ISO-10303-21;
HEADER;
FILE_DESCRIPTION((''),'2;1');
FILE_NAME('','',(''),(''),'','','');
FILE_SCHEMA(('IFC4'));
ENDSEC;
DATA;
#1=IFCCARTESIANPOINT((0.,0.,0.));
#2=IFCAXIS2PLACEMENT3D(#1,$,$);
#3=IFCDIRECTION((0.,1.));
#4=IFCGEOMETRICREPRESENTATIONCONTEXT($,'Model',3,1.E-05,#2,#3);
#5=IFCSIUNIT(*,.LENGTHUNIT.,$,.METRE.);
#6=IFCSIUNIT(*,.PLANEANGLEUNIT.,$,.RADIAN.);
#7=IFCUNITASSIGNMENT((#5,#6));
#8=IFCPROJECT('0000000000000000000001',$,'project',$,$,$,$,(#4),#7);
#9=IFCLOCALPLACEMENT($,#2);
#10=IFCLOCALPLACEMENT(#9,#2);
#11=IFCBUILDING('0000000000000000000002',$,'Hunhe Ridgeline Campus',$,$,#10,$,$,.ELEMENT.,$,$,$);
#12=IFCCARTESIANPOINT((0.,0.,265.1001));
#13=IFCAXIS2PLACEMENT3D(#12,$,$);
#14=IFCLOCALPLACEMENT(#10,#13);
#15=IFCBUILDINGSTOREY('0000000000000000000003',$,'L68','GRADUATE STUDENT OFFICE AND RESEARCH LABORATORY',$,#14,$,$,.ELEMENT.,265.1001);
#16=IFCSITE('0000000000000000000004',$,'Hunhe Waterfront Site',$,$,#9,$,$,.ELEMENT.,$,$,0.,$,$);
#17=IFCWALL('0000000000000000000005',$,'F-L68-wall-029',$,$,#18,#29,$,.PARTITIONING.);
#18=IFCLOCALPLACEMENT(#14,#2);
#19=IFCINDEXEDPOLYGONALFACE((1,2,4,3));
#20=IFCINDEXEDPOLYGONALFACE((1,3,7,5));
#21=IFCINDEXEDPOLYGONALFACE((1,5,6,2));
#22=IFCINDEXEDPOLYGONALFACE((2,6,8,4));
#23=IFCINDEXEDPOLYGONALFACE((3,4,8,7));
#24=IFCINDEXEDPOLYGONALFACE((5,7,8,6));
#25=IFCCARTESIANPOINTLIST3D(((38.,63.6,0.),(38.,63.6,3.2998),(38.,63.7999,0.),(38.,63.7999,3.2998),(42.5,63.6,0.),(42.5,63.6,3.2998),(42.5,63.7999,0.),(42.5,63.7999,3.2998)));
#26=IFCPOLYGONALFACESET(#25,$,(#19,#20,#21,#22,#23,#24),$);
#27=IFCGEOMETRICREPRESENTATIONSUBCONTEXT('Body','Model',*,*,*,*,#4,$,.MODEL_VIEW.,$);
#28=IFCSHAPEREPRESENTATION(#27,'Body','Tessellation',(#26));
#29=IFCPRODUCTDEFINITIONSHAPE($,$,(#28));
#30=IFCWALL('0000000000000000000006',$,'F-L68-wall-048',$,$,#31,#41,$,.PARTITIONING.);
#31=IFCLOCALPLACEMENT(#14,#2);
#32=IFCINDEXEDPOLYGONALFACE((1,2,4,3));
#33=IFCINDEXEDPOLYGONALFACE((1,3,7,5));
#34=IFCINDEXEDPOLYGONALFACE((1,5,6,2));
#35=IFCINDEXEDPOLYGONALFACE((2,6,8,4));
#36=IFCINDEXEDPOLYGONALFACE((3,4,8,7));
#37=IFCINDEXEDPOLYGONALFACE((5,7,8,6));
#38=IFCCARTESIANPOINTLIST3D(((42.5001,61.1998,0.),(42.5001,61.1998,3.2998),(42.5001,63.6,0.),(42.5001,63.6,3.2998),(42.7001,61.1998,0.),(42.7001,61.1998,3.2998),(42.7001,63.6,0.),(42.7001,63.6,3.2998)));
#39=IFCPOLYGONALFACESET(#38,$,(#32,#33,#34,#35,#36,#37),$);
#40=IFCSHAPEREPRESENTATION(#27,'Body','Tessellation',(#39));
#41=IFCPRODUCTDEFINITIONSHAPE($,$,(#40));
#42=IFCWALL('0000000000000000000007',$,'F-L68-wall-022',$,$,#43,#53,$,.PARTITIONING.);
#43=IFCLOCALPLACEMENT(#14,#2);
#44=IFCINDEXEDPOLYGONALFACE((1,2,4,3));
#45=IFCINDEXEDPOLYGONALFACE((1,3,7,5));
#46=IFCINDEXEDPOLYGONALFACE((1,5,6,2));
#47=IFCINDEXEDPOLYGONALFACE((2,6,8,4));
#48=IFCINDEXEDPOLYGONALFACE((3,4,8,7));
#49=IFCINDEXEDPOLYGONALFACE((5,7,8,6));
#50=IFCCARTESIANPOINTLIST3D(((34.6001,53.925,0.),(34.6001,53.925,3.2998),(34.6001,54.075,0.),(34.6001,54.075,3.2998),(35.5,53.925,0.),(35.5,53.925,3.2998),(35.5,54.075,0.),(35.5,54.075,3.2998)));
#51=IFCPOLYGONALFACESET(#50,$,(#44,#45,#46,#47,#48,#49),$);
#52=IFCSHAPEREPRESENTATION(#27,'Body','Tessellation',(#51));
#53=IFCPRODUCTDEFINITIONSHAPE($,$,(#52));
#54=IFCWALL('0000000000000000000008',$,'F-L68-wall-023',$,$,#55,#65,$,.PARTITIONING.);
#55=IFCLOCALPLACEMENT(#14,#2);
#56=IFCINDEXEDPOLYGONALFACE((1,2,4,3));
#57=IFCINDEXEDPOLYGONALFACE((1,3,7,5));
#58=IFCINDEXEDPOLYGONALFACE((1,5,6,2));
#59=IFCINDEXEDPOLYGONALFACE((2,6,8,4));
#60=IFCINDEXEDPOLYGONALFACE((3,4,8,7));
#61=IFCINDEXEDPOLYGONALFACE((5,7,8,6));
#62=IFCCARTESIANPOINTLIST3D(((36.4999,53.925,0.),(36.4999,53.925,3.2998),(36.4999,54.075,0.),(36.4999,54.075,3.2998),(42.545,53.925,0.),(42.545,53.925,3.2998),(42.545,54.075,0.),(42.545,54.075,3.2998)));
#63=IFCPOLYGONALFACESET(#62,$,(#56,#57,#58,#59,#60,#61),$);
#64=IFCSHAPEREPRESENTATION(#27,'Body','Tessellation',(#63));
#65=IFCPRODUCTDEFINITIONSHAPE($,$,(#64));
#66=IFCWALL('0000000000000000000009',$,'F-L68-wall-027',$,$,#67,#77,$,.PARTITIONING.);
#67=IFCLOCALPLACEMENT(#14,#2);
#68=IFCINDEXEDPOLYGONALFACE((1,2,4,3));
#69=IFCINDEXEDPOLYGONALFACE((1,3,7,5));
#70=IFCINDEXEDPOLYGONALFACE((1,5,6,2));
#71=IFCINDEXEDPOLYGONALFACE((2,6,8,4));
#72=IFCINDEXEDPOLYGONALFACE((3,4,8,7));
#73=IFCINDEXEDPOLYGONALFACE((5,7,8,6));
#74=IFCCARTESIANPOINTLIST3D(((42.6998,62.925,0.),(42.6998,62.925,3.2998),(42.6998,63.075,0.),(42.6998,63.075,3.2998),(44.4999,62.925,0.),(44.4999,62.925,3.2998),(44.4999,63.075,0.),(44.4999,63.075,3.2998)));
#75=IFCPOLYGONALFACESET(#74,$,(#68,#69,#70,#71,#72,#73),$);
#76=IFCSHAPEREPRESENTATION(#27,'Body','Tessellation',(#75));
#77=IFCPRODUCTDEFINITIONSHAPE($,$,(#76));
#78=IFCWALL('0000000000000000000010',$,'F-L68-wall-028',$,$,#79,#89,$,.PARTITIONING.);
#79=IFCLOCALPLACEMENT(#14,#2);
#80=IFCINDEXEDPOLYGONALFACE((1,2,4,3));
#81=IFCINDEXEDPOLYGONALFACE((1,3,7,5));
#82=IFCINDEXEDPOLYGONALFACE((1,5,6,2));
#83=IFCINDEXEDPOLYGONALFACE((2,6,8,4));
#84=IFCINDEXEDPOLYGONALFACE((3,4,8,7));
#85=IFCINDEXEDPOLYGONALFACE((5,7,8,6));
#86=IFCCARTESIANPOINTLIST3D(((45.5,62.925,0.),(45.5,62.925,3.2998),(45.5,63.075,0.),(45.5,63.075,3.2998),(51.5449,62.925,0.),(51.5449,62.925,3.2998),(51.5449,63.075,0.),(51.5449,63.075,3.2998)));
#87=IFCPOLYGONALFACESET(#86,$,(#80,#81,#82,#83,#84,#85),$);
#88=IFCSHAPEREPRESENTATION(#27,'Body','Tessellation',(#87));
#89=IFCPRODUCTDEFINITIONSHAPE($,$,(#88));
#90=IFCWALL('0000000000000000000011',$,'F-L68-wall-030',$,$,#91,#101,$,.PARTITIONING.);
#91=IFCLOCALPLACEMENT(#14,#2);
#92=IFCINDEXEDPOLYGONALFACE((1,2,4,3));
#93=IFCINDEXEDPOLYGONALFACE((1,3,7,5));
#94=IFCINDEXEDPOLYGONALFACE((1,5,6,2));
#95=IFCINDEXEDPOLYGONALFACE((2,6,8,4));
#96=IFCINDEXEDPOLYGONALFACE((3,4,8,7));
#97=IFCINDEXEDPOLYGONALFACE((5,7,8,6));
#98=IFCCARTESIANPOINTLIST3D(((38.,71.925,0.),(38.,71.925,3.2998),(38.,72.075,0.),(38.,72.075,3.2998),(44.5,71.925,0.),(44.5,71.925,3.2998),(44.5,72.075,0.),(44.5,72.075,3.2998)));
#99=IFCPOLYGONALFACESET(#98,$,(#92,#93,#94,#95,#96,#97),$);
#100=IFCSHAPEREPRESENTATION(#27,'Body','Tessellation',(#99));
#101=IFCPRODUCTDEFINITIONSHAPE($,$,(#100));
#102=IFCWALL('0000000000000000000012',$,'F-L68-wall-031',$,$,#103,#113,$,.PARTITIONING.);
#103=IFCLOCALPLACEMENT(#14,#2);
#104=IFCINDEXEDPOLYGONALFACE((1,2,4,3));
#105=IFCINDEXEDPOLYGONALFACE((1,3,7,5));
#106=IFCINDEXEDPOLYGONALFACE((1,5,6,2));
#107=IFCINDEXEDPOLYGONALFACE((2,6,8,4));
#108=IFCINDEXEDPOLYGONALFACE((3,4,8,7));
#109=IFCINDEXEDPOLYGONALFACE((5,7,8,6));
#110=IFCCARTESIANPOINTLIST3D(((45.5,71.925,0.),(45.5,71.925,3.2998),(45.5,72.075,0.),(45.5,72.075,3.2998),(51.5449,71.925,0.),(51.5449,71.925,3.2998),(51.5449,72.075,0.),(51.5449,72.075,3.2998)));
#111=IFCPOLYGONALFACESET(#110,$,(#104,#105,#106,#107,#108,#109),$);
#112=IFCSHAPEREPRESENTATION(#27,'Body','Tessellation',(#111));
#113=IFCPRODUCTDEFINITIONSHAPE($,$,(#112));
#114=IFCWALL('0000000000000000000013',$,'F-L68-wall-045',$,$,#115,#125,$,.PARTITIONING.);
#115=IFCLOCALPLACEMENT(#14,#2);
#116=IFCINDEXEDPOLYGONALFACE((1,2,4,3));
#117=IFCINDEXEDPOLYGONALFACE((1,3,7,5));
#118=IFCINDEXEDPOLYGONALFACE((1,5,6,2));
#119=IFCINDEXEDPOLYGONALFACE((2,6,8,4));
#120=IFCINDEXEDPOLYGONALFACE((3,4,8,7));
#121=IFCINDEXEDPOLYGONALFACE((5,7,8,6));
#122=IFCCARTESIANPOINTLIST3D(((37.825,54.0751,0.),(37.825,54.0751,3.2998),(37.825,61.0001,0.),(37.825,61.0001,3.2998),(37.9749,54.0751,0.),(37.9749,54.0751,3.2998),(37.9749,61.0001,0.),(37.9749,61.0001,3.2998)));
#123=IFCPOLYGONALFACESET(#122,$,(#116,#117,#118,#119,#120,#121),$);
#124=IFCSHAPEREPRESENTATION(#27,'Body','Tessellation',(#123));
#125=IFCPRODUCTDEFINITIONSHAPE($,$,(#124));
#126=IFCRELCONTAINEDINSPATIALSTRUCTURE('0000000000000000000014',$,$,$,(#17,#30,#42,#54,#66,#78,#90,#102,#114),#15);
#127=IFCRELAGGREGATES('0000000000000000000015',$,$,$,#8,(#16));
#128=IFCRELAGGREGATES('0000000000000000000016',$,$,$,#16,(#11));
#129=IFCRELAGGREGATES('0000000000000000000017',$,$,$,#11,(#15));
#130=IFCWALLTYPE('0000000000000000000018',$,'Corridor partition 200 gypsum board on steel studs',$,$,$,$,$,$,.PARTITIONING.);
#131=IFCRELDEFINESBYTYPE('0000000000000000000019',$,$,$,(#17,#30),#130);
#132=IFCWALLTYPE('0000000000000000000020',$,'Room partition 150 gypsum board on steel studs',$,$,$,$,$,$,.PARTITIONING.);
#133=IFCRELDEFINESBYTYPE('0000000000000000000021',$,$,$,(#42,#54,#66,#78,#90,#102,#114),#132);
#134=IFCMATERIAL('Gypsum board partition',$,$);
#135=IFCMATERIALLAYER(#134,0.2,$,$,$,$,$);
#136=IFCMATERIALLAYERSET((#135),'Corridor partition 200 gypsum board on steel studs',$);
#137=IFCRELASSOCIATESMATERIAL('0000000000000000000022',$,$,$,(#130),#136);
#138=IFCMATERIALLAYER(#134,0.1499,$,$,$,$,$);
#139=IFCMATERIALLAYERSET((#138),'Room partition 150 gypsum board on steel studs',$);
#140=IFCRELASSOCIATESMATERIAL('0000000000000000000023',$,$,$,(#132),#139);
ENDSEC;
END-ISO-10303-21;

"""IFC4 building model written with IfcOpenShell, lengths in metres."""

from ifc_helpers import new_model, si_unit, direction, frame, frame_2d, origin, place, context, subcontext, project, spatial, rectangle, extrude, material, layer, layer_set, type_object, element, save


model = new_model("IFC4")

# Units and contexts
model_context = context("Model", 3, precision=1e-05, world=origin(), true_north=direction((0.0, 1.0)))
body_context = subcontext(model_context, "Body", "Model", "MODEL_VIEW")
ifc_project = project(units=[si_unit("LENGTHUNIT", "METRE"), si_unit("PLANEANGLEUNIT", "RADIAN")], contexts=[model_context])

# Site, building, storey
site_placement = place(None, origin())
site = spatial("IfcSite", under=ifc_project, at=site_placement, Name="Hunhe Waterfront Site", CompositionType="ELEMENT", RefElevation=0.0)
building_placement = place(site_placement, origin())
building = spatial("IfcBuilding", under=site, at=building_placement, Name="Hunhe Ridgeline Campus", CompositionType="ELEMENT")
storey_placement = place(building_placement, frame((0.0, 0.0, 265.1001)))
storey = spatial("IfcBuildingStorey", under=building, at=storey_placement, Name="L68", Description="GRADUATE STUDENT OFFICE AND RESEARCH LABORATORY", CompositionType="ELEMENT", Elevation=265.1001)

# Shared definitions
ifc_material_1 = material(Name="Gypsum board partition")
ifc_layer_1 = layer(ifc_material_1, 0.2)
ifc_layer_set_1 = layer_set([ifc_layer_1], Name="Corridor partition 200 gypsum board on steel studs")
wall_type_1 = type_object("IfcWallType", Name="Corridor partition 200 gypsum board on steel studs", PredefinedType="PARTITIONING", material=ifc_layer_set_1)

# Walls
wall_1_placement = place(storey_placement, frame((38.0, 63.7, 0.0), z_axis=(0.0, 0.0, 1.0), x_axis=(1.0, 0.0, 0.0)))
element("IfcWall", 1, at=wall_1_placement, inside=storey, type_object=wall_type_1, Name="F-L68-wall-029", PredefinedType="PARTITIONING", context=body_context, shape_type="SweptSolid", body=[
    extrude(rectangle(XDim=4.5, YDim=0.2, at=frame_2d((2.25, 0.0))), origin(), (0.0, 0.0, 1.0), 3.2998),
])
wall_2_placement = place(storey_placement, frame((42.6001, 63.6001, 0.0), z_axis=(0.0, 0.0, 1.0), x_axis=(0.0, -1.0, 0.0)))
element("IfcWall", 2, at=wall_2_placement, inside=storey, type_object=wall_type_1, Name="F-L68-wall-048", PredefinedType="PARTITIONING", context=body_context, shape_type="SweptSolid", body=[
    extrude(rectangle(XDim=2.4001, YDim=0.2, at=frame_2d((1.2002, 0.0))), origin(), (0.0, 0.0, 1.0), 3.2998),
])
ifc_layer_2 = layer(ifc_material_1, 0.1499)
ifc_layer_set_2 = layer_set([ifc_layer_2], Name="Room partition 150 gypsum board on steel studs")
wall_type_2 = type_object("IfcWallType", Name="Room partition 150 gypsum board on steel studs", PredefinedType="PARTITIONING", material=ifc_layer_set_2)
wall_3_placement = place(storey_placement, frame((34.6001, 54.0, 0.0), z_axis=(0.0, 0.0, 1.0), x_axis=(1.0, 0.0, 0.0)))
element("IfcWall", 3, at=wall_3_placement, inside=storey, type_object=wall_type_2, Name="F-L68-wall-022", PredefinedType="PARTITIONING", context=body_context, shape_type="SweptSolid", body=[
    extrude(rectangle(XDim=0.8999, YDim=0.1499, at=frame_2d((0.45, 0.0))), origin(), (0.0, 0.0, 1.0), 3.2998),
])
wall_4_placement = place(storey_placement, frame((36.5, 54.0, 0.0), z_axis=(0.0, 0.0, 1.0), x_axis=(1.0, 0.0, 0.0)))
element("IfcWall", 4, at=wall_4_placement, inside=storey, type_object=wall_type_2, Name="F-L68-wall-023", PredefinedType="PARTITIONING", context=body_context, shape_type="SweptSolid", body=[
    extrude(rectangle(XDim=6.0452, YDim=0.1499, at=frame_2d((3.0225, 0.0))), origin(), (0.0, 0.0, 1.0), 3.2998),
])
wall_5_placement = place(storey_placement, frame((42.7, 63.0, 0.0), z_axis=(0.0, 0.0, 1.0), x_axis=(1.0, 0.0, 0.0)))
element("IfcWall", 5, at=wall_5_placement, inside=storey, type_object=wall_type_2, Name="F-L68-wall-027", PredefinedType="PARTITIONING", context=body_context, shape_type="SweptSolid", body=[
    extrude(rectangle(XDim=1.8, YDim=0.1499, at=frame_2d((0.8999, 0.0))), origin(), (0.0, 0.0, 1.0), 3.2998),
])
wall_6_placement = place(storey_placement, frame((45.5, 63.0, 0.0), z_axis=(0.0, 0.0, 1.0), x_axis=(1.0, 0.0, 0.0)))
element("IfcWall", 6, at=wall_6_placement, inside=storey, type_object=wall_type_2, Name="F-L68-wall-028", PredefinedType="PARTITIONING", context=body_context, shape_type="SweptSolid", body=[
    extrude(rectangle(XDim=6.0449, YDim=0.1499, at=frame_2d((3.0225, 0.0))), origin(), (0.0, 0.0, 1.0), 3.2998),
])
wall_7_placement = place(storey_placement, frame((38.0, 72.0, 0.0), z_axis=(0.0, 0.0, 1.0), x_axis=(1.0, 0.0, 0.0)))
element("IfcWall", 7, at=wall_7_placement, inside=storey, type_object=wall_type_2, Name="F-L68-wall-030", PredefinedType="PARTITIONING", context=body_context, shape_type="SweptSolid", body=[
    extrude(rectangle(XDim=6.5, YDim=0.1499, at=frame_2d((3.25, 0.0))), origin(), (0.0, 0.0, 1.0), 3.2998),
])
wall_8_placement = place(storey_placement, frame((45.5, 72.0, 0.0), z_axis=(0.0, 0.0, 1.0), x_axis=(1.0, 0.0, 0.0)))
element("IfcWall", 8, at=wall_8_placement, inside=storey, type_object=wall_type_2, Name="F-L68-wall-031", PredefinedType="PARTITIONING", context=body_context, shape_type="SweptSolid", body=[
    extrude(rectangle(XDim=6.0449, YDim=0.1499, at=frame_2d((3.0225, 0.0))), origin(), (0.0, 0.0, 1.0), 3.2998),
])
wall_9_placement = place(storey_placement, frame((37.8999, 61.0, 0.0), z_axis=(0.0, 0.0, 1.0), x_axis=(0.0, -1.0, 0.0)))
element("IfcWall", 9, at=wall_9_placement, inside=storey, type_object=wall_type_2, Name="F-L68-wall-045", PredefinedType="PARTITIONING", context=body_context, shape_type="SweptSolid", body=[
    extrude(rectangle(XDim=6.925, YDim=0.1499, at=frame_2d((3.4624, 0.0))), origin(), (0.0, 0.0, 1.0), 3.2998),
])

save(model, "model.ifc")
